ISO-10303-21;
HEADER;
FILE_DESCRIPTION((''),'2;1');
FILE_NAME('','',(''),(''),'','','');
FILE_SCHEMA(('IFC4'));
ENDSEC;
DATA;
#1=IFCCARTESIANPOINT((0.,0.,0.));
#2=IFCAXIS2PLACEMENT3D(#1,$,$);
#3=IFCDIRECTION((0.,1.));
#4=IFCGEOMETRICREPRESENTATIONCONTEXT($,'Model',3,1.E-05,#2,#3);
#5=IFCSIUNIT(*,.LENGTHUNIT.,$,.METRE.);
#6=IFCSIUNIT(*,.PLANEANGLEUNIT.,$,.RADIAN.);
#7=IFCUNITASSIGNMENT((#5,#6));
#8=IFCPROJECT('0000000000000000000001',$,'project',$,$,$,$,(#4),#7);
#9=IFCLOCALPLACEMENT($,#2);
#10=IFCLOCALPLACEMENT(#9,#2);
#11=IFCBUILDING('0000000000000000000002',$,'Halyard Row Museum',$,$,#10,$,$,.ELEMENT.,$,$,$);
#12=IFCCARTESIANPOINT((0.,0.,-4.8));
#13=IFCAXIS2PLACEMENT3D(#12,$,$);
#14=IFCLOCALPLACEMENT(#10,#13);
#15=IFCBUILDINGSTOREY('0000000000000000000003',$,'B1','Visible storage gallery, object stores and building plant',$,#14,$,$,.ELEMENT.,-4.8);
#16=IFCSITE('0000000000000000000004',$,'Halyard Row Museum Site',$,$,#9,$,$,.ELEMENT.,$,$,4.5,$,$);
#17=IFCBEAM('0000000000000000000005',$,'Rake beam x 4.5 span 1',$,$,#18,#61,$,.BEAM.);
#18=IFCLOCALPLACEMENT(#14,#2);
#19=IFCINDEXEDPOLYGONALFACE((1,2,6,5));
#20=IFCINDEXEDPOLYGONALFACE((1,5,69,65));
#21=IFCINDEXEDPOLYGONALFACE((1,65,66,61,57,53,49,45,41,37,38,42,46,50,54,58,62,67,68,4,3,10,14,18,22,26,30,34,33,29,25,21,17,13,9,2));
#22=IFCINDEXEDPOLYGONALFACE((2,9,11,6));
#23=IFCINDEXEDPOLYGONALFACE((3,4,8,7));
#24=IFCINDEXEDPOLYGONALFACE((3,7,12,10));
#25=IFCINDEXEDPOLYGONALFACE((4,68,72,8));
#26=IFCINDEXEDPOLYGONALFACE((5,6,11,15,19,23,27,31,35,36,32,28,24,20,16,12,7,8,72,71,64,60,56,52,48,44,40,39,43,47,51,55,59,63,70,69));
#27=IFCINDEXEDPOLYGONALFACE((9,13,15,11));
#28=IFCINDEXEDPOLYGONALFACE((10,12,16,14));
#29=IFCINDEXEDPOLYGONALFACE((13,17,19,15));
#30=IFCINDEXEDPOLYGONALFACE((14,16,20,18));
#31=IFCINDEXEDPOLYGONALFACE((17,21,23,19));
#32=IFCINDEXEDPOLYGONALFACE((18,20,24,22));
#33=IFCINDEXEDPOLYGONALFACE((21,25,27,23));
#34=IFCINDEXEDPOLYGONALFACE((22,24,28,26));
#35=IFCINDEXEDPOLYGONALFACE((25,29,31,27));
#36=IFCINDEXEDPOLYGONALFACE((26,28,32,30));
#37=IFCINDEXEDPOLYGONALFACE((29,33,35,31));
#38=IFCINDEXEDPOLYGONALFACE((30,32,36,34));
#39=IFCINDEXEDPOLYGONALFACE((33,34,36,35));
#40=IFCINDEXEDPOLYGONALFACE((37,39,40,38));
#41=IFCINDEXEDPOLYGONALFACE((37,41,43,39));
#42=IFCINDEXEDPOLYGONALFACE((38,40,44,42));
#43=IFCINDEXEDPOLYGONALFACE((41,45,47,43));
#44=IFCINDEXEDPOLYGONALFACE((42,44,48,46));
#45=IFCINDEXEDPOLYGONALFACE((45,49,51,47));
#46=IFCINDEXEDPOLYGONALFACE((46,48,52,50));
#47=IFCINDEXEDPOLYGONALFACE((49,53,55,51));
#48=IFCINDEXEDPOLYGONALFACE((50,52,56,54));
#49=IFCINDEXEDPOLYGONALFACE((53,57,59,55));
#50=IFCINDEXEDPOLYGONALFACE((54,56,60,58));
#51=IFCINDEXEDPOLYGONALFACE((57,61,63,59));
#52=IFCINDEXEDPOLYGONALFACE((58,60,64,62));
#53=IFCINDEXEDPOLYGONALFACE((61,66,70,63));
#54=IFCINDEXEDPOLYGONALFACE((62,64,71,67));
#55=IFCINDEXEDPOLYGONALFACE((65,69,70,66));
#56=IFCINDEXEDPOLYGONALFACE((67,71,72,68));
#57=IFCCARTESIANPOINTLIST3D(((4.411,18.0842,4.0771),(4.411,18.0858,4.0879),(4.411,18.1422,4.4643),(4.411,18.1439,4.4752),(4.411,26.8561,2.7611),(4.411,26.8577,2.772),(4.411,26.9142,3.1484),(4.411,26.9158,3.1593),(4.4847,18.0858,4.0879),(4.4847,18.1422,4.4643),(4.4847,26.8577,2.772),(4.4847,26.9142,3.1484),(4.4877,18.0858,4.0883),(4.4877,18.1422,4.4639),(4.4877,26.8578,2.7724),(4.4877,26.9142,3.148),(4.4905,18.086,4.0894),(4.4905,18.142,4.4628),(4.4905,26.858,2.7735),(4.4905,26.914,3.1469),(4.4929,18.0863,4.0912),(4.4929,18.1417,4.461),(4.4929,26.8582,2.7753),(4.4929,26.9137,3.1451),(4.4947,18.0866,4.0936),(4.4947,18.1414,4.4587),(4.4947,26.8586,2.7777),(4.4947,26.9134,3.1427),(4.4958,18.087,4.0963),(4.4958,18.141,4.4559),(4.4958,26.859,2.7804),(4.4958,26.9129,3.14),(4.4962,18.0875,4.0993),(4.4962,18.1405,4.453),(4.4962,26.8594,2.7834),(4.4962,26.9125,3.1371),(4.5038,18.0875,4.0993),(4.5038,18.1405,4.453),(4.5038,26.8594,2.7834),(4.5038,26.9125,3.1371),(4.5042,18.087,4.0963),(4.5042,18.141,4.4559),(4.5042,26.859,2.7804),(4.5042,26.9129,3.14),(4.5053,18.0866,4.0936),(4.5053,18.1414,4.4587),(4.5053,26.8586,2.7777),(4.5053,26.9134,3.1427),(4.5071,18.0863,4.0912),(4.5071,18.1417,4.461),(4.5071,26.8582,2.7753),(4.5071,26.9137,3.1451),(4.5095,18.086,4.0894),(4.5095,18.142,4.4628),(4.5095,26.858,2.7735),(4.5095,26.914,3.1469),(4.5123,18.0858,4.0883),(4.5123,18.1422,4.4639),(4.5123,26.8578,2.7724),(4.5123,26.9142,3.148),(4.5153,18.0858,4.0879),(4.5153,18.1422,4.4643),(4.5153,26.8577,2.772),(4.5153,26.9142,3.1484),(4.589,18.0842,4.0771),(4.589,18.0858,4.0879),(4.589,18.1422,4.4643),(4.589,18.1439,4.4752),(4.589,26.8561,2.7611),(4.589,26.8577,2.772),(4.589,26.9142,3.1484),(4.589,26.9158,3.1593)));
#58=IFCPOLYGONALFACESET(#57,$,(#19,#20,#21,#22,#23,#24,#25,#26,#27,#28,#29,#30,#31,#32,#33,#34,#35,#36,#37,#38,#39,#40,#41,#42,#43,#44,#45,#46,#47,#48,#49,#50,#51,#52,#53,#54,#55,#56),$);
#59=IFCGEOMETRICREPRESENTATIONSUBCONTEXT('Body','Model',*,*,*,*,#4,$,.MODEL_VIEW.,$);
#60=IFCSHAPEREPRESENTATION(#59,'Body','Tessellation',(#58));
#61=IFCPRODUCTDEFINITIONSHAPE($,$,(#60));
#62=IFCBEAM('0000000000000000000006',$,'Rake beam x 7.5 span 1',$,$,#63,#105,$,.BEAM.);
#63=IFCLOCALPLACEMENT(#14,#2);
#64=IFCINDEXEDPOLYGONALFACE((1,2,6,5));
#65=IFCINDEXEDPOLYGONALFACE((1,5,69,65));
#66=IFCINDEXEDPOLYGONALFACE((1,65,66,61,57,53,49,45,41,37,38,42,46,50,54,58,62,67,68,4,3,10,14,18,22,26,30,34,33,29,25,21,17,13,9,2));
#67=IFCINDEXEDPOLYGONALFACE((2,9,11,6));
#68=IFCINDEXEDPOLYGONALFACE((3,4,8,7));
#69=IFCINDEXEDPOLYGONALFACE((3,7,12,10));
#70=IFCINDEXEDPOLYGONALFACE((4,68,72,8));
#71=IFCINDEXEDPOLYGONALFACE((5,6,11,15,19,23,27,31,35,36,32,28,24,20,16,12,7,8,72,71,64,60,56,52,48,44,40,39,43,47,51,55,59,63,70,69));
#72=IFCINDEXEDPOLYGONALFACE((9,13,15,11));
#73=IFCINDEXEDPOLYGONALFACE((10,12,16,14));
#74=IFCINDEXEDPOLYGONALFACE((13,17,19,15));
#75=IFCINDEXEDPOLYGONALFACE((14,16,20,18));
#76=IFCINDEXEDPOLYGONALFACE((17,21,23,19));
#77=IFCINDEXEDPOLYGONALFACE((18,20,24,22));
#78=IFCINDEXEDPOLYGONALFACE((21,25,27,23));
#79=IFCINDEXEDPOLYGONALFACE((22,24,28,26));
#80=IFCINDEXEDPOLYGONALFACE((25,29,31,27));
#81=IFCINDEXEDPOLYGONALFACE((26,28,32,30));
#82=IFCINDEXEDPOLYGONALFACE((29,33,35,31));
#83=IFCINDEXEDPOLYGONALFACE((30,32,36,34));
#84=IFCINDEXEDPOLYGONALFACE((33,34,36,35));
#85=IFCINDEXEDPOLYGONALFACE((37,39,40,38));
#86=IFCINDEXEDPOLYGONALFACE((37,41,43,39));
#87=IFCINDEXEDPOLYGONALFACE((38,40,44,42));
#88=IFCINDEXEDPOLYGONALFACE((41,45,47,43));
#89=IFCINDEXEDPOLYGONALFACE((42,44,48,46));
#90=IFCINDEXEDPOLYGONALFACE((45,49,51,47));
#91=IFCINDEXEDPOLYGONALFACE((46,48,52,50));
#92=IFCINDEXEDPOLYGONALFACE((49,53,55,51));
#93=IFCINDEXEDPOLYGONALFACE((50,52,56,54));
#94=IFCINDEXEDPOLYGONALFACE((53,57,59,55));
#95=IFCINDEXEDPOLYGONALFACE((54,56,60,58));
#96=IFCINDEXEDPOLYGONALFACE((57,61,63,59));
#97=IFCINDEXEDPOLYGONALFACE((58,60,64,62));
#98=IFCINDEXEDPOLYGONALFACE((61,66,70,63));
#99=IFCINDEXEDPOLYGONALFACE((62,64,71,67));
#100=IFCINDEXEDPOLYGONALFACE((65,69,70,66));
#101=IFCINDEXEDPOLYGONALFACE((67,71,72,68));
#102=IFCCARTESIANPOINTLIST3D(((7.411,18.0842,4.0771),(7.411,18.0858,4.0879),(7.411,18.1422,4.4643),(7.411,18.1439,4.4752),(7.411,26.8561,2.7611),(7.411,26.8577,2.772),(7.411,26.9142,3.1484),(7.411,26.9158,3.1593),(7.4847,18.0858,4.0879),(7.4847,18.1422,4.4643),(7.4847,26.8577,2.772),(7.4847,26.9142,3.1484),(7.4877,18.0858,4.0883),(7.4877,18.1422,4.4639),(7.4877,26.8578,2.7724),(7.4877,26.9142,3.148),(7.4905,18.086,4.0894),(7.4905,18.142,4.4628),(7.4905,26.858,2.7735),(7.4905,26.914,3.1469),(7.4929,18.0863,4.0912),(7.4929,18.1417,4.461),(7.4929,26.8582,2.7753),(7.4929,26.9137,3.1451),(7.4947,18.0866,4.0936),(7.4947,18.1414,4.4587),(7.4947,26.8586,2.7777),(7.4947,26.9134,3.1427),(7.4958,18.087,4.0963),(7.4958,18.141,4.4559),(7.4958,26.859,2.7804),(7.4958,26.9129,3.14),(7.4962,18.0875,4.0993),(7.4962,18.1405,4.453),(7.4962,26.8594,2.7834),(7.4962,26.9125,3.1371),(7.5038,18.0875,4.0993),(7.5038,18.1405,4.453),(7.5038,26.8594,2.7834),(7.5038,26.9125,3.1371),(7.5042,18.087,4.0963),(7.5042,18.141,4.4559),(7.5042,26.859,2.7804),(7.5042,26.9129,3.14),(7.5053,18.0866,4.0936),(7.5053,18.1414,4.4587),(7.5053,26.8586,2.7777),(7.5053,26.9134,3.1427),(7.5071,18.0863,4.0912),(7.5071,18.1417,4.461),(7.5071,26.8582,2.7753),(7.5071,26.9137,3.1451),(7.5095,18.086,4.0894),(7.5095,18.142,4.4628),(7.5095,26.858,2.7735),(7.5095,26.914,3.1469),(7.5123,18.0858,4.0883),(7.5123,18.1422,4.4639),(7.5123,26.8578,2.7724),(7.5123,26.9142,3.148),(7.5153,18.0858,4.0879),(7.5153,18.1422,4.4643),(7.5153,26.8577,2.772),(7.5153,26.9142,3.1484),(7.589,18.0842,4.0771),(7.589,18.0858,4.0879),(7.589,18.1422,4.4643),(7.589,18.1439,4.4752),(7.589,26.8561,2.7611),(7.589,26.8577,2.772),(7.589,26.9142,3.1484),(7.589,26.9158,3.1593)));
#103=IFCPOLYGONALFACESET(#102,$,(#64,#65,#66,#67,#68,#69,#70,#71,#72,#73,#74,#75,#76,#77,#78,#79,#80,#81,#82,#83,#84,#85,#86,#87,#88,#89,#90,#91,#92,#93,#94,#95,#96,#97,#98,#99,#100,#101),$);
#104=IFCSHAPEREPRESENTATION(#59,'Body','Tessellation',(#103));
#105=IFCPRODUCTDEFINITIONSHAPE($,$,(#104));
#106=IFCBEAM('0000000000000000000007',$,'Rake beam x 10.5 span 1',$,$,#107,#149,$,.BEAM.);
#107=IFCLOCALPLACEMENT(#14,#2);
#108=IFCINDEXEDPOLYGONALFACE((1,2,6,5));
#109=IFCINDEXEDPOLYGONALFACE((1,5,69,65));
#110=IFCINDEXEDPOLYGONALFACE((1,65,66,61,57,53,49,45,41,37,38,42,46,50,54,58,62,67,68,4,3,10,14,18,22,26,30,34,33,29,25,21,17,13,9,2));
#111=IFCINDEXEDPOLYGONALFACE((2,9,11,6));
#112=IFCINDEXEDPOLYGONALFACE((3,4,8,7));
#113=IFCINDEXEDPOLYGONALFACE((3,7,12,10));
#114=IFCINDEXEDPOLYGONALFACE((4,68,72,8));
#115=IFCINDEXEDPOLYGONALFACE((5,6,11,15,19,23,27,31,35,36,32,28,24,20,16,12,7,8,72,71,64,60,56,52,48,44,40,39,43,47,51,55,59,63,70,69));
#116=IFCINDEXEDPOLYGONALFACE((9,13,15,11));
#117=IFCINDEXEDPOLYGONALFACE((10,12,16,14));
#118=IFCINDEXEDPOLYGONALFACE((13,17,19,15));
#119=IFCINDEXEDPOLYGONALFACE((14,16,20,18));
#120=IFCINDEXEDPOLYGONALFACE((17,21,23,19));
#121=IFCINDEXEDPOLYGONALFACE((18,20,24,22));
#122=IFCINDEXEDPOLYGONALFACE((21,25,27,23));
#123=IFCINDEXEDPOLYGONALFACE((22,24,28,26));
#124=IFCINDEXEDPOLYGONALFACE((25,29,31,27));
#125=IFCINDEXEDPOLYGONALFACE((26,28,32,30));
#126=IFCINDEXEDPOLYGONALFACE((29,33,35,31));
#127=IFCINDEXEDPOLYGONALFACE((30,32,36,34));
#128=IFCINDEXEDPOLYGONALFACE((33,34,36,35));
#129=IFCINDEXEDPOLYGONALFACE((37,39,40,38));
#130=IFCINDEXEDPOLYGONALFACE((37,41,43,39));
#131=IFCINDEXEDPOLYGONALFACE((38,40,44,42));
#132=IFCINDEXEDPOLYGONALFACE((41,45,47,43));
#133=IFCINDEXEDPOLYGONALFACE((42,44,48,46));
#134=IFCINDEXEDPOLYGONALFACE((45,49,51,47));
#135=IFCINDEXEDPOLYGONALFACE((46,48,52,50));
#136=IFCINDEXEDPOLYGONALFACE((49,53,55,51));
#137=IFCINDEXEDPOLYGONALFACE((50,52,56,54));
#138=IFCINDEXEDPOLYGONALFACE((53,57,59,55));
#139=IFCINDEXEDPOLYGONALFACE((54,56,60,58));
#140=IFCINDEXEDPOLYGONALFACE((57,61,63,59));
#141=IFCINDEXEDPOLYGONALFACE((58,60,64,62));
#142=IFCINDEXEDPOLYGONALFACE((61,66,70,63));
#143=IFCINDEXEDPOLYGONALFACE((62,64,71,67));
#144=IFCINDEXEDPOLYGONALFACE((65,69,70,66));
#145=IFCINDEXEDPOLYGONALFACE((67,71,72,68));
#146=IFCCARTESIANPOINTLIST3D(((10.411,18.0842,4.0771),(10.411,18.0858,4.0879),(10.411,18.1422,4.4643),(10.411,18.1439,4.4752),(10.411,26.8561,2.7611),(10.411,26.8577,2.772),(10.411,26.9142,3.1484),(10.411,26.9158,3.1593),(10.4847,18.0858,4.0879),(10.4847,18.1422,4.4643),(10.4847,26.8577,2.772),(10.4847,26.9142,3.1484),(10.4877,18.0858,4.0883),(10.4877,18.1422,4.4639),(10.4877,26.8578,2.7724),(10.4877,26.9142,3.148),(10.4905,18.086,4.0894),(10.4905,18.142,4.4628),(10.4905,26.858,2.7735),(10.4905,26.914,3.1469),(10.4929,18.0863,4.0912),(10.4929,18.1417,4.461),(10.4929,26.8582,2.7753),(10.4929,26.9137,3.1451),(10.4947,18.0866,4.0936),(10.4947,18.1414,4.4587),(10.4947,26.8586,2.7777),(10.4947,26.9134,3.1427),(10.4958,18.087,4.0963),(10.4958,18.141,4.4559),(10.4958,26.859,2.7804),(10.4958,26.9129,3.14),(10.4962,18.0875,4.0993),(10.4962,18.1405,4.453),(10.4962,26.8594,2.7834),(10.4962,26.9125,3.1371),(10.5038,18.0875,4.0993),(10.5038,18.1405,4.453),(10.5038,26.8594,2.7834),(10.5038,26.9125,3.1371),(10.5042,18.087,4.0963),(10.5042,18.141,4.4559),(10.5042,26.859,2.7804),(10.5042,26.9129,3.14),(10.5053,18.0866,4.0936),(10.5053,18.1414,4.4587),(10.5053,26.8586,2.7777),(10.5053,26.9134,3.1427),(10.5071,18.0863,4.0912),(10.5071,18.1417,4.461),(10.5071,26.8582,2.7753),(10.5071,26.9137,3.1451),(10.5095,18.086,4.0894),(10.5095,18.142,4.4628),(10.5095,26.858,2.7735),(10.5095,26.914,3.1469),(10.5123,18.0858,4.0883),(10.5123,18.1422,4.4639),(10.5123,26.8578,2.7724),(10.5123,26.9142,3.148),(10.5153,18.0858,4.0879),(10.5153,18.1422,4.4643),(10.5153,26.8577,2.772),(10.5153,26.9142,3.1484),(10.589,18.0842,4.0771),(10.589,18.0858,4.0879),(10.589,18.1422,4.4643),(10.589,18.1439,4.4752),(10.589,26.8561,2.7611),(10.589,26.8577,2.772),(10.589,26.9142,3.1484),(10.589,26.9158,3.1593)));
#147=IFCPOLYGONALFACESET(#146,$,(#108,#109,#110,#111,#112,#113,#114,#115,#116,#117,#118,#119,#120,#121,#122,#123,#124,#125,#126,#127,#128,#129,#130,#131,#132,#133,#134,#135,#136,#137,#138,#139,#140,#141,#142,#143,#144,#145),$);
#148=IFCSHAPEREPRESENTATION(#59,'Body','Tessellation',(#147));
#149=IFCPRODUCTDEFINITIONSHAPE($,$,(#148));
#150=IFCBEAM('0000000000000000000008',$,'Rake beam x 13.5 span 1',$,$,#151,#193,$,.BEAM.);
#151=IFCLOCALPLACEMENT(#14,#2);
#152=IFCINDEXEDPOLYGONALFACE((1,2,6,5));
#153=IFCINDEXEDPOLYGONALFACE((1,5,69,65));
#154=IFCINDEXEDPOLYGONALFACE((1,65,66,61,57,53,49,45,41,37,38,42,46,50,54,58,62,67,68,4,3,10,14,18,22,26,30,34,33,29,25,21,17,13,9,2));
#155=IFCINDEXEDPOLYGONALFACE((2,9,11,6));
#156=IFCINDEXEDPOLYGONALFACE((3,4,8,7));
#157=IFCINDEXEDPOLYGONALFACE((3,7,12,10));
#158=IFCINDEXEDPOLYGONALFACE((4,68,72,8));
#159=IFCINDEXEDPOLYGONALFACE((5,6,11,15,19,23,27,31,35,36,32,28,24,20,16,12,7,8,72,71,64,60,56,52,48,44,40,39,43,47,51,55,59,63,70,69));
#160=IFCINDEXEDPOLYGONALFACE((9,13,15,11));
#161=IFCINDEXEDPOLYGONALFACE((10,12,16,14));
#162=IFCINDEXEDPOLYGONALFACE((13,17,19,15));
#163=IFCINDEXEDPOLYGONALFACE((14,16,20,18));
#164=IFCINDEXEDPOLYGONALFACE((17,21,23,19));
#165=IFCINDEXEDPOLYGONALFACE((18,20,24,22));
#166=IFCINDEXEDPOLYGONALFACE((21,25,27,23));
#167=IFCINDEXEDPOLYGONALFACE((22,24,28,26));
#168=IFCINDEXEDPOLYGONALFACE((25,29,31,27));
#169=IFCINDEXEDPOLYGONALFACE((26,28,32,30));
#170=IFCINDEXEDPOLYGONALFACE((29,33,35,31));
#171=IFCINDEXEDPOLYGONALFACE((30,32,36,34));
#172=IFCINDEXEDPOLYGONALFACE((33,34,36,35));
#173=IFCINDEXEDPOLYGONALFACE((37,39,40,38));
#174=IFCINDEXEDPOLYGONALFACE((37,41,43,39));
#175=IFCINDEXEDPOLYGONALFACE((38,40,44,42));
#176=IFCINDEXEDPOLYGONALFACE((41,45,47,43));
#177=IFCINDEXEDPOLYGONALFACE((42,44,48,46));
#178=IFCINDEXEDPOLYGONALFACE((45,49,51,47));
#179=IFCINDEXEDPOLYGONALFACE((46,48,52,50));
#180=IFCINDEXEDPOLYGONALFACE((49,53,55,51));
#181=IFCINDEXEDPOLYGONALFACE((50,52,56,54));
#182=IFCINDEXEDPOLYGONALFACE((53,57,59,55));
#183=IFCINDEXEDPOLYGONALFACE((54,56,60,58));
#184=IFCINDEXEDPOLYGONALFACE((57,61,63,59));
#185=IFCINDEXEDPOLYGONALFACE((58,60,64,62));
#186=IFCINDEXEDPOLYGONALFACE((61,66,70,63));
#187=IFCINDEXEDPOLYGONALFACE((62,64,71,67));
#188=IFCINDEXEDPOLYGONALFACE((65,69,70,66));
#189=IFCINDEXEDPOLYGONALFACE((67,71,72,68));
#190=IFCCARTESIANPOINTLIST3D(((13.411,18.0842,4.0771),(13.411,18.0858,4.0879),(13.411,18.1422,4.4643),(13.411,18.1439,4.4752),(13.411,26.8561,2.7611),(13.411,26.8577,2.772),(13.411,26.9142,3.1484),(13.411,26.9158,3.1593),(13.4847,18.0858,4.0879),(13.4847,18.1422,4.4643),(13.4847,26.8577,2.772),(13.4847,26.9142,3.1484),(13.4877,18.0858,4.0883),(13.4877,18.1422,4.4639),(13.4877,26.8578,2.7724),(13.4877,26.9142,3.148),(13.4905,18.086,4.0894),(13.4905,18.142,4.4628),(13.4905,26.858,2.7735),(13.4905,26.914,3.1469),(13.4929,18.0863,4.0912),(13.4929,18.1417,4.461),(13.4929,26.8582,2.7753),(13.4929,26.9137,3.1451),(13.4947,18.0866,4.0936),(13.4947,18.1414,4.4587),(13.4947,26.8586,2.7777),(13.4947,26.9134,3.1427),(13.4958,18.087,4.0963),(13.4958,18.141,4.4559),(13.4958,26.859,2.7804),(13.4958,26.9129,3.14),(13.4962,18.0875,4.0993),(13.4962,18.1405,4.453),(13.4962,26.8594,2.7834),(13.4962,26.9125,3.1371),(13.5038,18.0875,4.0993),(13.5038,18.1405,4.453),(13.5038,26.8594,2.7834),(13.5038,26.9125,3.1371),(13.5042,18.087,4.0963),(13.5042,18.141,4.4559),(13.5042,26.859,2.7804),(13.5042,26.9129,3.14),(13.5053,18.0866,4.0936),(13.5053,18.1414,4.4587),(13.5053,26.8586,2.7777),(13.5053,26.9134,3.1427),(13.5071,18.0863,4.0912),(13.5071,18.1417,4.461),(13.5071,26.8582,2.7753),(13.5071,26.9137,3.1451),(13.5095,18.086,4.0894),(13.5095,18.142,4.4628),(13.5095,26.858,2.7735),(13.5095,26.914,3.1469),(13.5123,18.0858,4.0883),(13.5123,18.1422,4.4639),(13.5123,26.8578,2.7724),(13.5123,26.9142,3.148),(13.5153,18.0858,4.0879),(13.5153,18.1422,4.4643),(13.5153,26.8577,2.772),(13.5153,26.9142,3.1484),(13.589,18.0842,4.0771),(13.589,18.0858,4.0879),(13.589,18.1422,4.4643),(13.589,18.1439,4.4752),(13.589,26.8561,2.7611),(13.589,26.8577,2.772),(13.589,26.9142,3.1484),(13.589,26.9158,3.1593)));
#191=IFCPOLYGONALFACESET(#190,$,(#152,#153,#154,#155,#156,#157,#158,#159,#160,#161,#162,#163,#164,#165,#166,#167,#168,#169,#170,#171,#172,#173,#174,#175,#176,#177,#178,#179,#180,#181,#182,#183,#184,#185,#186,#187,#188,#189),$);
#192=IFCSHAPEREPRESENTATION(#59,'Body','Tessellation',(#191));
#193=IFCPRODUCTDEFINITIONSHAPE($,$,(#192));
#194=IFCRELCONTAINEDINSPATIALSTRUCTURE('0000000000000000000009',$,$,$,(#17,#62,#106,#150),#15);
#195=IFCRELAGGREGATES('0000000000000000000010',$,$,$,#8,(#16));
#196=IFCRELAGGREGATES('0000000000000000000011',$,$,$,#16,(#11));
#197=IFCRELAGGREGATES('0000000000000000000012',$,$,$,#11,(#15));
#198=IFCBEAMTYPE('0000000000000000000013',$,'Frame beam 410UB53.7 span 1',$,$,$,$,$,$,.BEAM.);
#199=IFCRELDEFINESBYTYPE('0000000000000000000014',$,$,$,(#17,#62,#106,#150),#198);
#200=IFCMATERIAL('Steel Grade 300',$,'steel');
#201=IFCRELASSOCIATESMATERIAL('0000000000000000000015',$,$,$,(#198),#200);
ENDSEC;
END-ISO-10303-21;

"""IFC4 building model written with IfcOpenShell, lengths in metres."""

from ifc_helpers import new_model, si_unit, direction, frame, origin, origin_2d, place, context, subcontext, project, spatial, i_section, extrude, material, material_profile, profile_set, type_object, element, save


model = new_model("IFC4")

# Units and contexts
model_context = context("Model", 3, precision=1e-05, world=origin(), true_north=direction((0.0, 1.0)))
body_context = subcontext(model_context, "Body", "Model", "MODEL_VIEW")
ifc_project = project(units=[si_unit("LENGTHUNIT", "METRE"), si_unit("PLANEANGLEUNIT", "RADIAN")], contexts=[model_context])

# Site, building, storey
site_placement = place(None, origin())
site = spatial("IfcSite", under=ifc_project, at=site_placement, Name="Halyard Row Museum Site", CompositionType="ELEMENT", RefElevation=4.5)
building_placement = place(site_placement, origin())
building = spatial("IfcBuilding", under=site, at=building_placement, Name="Halyard Row Museum", CompositionType="ELEMENT")
storey_placement = place(building_placement, frame((0.0, 0.0, -4.8)))
storey = spatial("IfcBuildingStorey", under=building, at=storey_placement, Name="B1", Description="Visible storage gallery, object stores and building plant", CompositionType="ELEMENT", Elevation=-4.8)

# Beams
ifc_material_1 = material(Name="Steel Grade 300", Category="steel")
ifc_material_profile_1 = material_profile(ifc_material_1, i_section(OverallWidth=0.178, OverallDepth=0.4026, WebThickness=0.0076, FlangeThickness=0.011, FilletRadius=0.0115, at=origin_2d()), Name="410UB53.7")
ifc_profile_set_1 = profile_set([ifc_material_profile_1], Name="Steel Grade 300")
beam_type_1 = type_object("IfcBeamType", Name="Frame beam 410UB53.7 span 1", PredefinedType="BEAM", material=ifc_profile_set_1)
for number, where, z_axis, x_axis, name in (
    (1, (4.5, 18.114, 4.2761), (0.0, 0.988934, -0.148354), (-1.0, 0.0, 0.0), "Rake beam x 4.5 span 1"),
    (2, (7.5, 18.114, 4.2761), (0.0, 0.988934, -0.148354), (-1.0, 0.0, 0.0), "Rake beam x 7.5 span 1"),
    (3, (10.5, 18.114, 4.2761), (0.0, 0.988934, -0.148354), (-1.0, 0.0, 0.0), "Rake beam x 10.5 span 1"),
    (4, (13.5, 18.114, 4.2761), (0.0, 0.988934, -0.148354), (-1.0, 0.0, 0.0), "Rake beam x 13.5 span 1"),
):
    element("IfcBeam", number, at=place(storey_placement, frame(where, z_axis=z_axis, x_axis=x_axis)), inside=storey, type_object=beam_type_1, Name=name, PredefinedType="BEAM", context=body_context, shape_type="SweptSolid", body=[
        extrude(i_section(OverallWidth=0.178, OverallDepth=0.4026, WebThickness=0.0076, FlangeThickness=0.011, FilletRadius=0.0115, at=origin_2d()), origin(), (0.0, 0.0, 1.0), 8.8701),
    ])

save(model, "model.ifc")
